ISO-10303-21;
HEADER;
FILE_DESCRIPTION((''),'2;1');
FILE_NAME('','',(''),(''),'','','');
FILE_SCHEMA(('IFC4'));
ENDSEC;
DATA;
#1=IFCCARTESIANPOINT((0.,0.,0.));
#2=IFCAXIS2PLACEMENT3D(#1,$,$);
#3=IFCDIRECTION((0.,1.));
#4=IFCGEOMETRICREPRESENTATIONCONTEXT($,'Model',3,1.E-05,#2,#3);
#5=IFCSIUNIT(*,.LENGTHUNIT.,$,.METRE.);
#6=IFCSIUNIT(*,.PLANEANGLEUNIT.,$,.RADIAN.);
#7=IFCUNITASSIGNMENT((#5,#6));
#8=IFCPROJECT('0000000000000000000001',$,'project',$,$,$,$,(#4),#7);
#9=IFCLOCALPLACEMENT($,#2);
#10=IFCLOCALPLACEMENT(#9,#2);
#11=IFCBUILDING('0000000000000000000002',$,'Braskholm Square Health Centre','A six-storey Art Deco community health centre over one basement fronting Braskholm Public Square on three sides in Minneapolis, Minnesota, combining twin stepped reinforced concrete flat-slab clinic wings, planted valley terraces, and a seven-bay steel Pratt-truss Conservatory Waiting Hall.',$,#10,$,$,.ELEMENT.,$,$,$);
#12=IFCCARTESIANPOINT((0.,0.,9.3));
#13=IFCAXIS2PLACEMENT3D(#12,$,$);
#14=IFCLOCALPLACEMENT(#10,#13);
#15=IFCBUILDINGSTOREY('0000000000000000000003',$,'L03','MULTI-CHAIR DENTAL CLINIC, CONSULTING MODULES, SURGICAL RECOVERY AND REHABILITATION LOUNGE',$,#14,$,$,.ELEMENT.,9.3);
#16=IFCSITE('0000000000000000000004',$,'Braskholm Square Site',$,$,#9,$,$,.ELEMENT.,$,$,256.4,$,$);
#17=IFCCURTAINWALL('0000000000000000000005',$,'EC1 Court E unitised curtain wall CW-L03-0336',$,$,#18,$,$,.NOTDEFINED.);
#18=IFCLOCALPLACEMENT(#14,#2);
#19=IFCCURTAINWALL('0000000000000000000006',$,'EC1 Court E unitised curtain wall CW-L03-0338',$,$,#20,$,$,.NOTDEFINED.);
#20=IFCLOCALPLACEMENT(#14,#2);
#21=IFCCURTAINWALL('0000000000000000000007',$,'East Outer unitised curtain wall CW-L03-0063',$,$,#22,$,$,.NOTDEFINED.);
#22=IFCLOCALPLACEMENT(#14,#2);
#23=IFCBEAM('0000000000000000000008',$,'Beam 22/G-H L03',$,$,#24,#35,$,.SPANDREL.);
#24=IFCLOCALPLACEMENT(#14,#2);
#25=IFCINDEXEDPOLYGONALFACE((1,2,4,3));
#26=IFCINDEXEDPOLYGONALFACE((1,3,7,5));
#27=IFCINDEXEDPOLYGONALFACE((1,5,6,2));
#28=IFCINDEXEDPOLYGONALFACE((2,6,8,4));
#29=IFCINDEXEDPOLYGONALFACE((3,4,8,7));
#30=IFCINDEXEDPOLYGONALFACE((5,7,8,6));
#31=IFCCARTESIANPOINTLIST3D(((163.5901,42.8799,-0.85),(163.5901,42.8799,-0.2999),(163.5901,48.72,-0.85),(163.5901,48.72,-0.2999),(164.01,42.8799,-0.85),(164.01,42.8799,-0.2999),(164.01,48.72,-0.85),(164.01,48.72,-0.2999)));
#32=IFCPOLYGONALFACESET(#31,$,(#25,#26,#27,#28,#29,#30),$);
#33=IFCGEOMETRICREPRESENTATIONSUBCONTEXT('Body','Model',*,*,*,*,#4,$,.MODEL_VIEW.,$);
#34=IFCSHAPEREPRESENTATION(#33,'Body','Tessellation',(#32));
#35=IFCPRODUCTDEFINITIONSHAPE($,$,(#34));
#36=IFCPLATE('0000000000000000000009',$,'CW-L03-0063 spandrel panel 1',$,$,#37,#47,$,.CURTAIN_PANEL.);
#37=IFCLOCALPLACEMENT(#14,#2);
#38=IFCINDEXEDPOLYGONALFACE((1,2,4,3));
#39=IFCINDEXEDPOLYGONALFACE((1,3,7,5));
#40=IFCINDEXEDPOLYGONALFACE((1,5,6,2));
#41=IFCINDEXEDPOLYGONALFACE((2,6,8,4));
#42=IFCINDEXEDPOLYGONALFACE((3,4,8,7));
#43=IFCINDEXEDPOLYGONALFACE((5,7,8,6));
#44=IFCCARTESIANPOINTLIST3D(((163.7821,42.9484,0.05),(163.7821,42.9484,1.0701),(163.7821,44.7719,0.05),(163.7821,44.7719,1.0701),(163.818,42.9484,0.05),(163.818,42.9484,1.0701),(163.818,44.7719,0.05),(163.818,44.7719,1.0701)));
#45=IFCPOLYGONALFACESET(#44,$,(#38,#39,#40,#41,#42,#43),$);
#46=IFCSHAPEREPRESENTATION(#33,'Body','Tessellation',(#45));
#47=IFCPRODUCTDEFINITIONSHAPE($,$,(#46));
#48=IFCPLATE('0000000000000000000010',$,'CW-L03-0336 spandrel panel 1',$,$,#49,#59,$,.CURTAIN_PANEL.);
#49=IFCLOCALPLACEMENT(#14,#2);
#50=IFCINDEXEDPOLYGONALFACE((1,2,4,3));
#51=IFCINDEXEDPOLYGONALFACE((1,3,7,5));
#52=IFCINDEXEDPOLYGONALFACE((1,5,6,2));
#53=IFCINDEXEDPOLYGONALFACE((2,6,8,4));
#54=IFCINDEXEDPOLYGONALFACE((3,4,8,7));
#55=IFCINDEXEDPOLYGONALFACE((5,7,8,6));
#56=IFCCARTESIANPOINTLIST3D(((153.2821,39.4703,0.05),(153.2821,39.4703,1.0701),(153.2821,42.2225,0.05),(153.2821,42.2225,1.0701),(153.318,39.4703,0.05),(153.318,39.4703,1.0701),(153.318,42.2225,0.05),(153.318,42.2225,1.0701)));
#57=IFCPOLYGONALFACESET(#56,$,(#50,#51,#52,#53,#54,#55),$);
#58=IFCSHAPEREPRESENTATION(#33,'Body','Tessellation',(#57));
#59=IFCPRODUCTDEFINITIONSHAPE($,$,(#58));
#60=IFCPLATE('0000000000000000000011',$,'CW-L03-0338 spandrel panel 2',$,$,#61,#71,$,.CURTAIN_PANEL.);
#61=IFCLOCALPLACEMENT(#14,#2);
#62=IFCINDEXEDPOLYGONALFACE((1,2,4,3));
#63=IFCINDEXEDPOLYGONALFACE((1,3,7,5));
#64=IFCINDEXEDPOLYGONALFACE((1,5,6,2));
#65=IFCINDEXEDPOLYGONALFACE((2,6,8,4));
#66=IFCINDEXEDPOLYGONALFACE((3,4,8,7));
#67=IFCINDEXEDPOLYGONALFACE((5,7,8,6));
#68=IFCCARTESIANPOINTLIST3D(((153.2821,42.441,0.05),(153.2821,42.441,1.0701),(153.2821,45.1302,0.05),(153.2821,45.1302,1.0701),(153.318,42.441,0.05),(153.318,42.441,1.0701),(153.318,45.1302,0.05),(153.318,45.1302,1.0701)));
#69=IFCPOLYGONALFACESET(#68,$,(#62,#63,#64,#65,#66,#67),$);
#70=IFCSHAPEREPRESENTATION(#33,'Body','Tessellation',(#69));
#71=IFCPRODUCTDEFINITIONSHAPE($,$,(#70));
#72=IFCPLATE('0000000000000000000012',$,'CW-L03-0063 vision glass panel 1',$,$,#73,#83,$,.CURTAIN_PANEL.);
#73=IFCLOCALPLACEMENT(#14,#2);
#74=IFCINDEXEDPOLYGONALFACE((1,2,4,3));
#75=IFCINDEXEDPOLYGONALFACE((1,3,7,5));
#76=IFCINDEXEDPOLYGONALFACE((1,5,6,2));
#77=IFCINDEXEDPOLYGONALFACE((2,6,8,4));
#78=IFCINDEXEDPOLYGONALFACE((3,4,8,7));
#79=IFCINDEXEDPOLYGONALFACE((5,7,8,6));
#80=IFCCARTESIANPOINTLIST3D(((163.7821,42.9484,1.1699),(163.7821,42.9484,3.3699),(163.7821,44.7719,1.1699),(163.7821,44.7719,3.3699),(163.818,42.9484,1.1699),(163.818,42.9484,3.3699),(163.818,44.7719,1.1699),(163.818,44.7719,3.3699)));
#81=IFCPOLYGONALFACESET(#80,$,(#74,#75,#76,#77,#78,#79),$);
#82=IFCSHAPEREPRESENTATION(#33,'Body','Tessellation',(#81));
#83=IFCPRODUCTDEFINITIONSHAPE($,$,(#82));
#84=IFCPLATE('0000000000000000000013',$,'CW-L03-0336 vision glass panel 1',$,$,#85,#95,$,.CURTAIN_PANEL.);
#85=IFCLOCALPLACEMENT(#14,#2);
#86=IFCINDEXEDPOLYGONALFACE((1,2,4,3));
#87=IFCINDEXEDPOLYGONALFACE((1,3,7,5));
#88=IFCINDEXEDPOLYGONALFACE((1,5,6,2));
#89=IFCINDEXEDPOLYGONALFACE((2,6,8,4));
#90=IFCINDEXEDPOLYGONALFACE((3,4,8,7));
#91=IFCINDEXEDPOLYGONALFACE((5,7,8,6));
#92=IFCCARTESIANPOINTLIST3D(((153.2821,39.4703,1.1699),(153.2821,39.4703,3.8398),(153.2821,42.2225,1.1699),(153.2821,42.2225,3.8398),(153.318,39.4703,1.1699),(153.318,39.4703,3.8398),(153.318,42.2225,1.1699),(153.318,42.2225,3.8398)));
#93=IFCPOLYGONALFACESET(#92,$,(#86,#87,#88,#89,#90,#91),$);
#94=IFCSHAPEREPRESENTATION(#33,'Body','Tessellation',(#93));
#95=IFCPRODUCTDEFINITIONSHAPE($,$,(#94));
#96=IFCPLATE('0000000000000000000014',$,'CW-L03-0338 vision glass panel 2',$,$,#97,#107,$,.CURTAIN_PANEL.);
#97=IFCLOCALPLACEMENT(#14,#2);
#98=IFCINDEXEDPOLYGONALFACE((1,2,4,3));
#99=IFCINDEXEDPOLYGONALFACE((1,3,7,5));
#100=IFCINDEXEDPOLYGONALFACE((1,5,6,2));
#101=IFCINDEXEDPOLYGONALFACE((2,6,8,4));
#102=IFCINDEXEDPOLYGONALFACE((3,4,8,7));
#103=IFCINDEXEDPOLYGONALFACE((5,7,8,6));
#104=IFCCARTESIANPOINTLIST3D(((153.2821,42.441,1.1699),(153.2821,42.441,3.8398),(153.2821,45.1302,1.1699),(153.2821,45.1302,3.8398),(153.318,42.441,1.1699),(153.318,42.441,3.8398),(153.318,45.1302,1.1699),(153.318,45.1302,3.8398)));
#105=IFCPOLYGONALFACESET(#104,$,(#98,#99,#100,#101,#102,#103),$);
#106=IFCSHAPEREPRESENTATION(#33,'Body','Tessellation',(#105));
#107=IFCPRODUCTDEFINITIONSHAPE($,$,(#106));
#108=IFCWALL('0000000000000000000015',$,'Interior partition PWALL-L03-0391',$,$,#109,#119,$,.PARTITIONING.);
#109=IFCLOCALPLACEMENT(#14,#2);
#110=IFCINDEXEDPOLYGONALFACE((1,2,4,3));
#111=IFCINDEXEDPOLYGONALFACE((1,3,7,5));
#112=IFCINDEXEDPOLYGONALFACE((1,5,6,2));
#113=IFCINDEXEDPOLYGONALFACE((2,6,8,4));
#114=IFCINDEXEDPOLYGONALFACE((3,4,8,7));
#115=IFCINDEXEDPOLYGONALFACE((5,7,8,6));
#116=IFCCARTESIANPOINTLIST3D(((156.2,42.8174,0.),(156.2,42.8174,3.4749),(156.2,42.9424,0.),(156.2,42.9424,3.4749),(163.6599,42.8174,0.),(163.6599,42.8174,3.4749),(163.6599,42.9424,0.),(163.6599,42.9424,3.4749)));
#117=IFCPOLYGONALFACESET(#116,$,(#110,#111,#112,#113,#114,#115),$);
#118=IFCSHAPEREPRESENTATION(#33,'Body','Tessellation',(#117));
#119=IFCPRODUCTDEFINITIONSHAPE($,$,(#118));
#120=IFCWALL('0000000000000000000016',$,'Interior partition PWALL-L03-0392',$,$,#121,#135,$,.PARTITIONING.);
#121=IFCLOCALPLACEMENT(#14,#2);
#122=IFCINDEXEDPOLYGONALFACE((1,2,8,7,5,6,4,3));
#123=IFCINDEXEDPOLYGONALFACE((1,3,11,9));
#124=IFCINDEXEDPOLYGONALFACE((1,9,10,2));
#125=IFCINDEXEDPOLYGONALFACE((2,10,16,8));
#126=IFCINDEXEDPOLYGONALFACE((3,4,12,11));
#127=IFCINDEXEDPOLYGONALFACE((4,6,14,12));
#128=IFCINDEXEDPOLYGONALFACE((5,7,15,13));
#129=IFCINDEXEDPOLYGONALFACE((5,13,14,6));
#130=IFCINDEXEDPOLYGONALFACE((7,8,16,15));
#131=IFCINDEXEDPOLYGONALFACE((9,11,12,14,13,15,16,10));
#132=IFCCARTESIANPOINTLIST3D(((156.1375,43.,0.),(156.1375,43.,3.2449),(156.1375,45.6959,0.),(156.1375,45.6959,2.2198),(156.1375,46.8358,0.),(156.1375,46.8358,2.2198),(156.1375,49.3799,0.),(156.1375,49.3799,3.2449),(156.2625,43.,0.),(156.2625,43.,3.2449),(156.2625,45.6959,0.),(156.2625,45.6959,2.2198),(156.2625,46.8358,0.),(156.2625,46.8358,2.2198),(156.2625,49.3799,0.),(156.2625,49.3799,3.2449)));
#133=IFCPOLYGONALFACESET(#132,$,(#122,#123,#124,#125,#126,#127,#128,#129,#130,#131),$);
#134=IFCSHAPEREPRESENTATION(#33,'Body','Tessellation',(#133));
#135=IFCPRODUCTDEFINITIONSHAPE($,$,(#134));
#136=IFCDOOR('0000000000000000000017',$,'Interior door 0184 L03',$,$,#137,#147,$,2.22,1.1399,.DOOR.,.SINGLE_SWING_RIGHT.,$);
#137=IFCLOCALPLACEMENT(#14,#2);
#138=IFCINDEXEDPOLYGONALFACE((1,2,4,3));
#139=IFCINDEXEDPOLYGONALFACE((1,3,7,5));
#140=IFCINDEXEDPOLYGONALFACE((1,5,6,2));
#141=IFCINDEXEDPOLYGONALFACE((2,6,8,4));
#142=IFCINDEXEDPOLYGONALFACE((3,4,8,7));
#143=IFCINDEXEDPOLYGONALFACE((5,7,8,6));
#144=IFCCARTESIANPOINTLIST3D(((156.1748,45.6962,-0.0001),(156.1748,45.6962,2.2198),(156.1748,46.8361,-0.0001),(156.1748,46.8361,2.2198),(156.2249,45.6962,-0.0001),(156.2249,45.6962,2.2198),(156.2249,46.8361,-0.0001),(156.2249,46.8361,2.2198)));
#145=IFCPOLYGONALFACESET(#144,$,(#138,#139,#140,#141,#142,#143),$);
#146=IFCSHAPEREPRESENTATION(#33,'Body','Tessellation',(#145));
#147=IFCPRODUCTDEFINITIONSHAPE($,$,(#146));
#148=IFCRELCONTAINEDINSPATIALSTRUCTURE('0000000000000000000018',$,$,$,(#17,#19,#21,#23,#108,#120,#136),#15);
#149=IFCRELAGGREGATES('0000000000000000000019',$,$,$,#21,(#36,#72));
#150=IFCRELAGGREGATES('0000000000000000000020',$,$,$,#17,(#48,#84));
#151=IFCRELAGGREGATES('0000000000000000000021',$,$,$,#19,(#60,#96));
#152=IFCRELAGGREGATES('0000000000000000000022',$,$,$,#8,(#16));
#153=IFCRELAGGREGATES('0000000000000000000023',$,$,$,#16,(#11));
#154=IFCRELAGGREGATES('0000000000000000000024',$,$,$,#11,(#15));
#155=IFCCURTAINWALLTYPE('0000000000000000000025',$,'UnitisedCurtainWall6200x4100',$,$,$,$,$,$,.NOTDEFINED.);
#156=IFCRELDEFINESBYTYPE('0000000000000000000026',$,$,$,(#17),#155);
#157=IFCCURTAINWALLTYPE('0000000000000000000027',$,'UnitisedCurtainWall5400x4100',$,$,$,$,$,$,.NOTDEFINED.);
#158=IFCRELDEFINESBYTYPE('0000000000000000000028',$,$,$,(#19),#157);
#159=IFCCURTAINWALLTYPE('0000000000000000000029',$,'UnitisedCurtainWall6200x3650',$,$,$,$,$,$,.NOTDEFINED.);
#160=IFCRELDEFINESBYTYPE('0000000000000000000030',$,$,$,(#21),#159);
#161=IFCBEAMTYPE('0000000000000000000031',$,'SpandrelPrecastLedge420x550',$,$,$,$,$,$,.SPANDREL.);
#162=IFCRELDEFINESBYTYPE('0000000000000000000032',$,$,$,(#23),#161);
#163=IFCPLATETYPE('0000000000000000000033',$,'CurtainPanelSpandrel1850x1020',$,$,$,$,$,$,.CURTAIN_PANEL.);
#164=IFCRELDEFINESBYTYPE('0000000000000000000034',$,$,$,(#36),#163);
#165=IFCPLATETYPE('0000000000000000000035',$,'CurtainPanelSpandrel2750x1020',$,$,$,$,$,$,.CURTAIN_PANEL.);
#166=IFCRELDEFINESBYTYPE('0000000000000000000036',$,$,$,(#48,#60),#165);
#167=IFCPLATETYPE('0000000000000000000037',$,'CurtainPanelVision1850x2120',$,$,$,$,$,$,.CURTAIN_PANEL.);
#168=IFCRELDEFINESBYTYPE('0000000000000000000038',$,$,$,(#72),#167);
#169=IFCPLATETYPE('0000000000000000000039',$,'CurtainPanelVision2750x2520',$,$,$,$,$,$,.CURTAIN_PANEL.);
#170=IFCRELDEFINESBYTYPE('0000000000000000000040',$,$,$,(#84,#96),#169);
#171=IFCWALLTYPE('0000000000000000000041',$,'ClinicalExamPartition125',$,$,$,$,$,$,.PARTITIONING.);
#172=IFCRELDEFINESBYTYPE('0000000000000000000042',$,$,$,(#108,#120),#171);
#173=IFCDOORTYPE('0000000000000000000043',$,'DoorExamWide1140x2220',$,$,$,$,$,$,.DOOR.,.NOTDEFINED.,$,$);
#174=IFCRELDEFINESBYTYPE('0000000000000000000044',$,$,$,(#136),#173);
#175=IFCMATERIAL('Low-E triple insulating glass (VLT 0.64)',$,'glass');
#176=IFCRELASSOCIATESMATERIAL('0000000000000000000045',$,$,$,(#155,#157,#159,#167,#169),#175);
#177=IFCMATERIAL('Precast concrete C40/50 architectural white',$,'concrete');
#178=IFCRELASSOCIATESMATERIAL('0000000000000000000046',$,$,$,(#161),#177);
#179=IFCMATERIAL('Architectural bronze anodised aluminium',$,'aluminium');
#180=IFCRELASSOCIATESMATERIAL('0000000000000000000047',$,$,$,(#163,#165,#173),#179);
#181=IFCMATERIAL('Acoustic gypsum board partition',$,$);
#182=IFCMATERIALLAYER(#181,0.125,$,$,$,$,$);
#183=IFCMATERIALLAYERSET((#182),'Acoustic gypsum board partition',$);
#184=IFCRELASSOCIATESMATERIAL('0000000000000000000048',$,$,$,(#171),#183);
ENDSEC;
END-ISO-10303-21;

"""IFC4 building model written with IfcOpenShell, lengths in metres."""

from ifc_helpers import new_model, si_unit, direction, frame, frame_2d, origin, origin_2d, place, context, subcontext, project, spatial, rectangle, extrude, material, layer, layer_set, material_profile, profile_set, type_object, element, fill, aggregate, save


model = new_model("IFC4")

# Units and contexts
model_context = context("Model", 3, precision=1e-05, world=origin(), true_north=direction((0.0, 1.0)))
body_context = subcontext(model_context, "Body", "Model", "MODEL_VIEW")
ifc_project = project(units=[si_unit("LENGTHUNIT", "METRE"), si_unit("PLANEANGLEUNIT", "RADIAN")], contexts=[model_context])

# Site, building, storey
site_placement = place(None, origin())
site = spatial("IfcSite", under=ifc_project, at=site_placement, Name="Braskholm Square Site", CompositionType="ELEMENT", RefElevation=256.4)
building_placement = place(site_placement, origin())
building = spatial("IfcBuilding", under=site, at=building_placement, Name="Braskholm Square Health Centre", Description="A six-storey Art Deco community health centre over one basement fronting Braskholm Public Square on three sides in Minneapolis, Minnesota, combining twin stepped reinforced concrete flat-slab clinic wings, planted valley terraces, and a seven-bay steel Pratt-truss Conservatory Waiting Hall.", CompositionType="ELEMENT")
storey_placement = place(building_placement, frame((0.0, 0.0, 9.3)))
storey = spatial("IfcBuildingStorey", under=building, at=storey_placement, Name="L03", Description="MULTI-CHAIR DENTAL CLINIC, CONSULTING MODULES, SURGICAL RECOVERY AND REHABILITATION LOUNGE", CompositionType="ELEMENT", Elevation=9.3)

# Shared definitions
ifc_material_1 = material(Name="Precast concrete C40/50 architectural white", Category="concrete")

# Curtain wall
ifc_material_2 = material(Name="Low-E triple insulating glass (VLT 0.64)", Category="glass")
curtain_wall_type_1 = type_object("IfcCurtainWallType", Name="UnitisedCurtainWall6200x4100", PredefinedType="NOTDEFINED", material=ifc_material_2)
curtain_wall_1_placement = place(storey_placement, origin())
curtain_wall_1 = element("IfcCurtainWall", 1, at=curtain_wall_1_placement, inside=storey, type_object=curtain_wall_type_1, Name="EC1 Court E unitised curtain wall CW-L03-0336", PredefinedType="NOTDEFINED")
ifc_material_3 = material(Name="Architectural bronze anodised aluminium", Category="aluminium")

# Curtain walls
curtain_wall_type_2 = type_object("IfcCurtainWallType", Name="UnitisedCurtainWall5400x4100", PredefinedType="NOTDEFINED", material=ifc_material_2)
curtain_wall_2_placement = place(storey_placement, origin())
curtain_wall_2 = element("IfcCurtainWall", 2, at=curtain_wall_2_placement, inside=storey, type_object=curtain_wall_type_2, Name="EC1 Court E unitised curtain wall CW-L03-0338", PredefinedType="NOTDEFINED")
curtain_wall_type_3 = type_object("IfcCurtainWallType", Name="UnitisedCurtainWall6200x3650", PredefinedType="NOTDEFINED", material=ifc_material_2)
curtain_wall_3_placement = place(storey_placement, origin())
curtain_wall_3 = element("IfcCurtainWall", 3, at=curtain_wall_3_placement, inside=storey, type_object=curtain_wall_type_3, Name="East Outer unitised curtain wall CW-L03-0063", PredefinedType="NOTDEFINED")

# Beam
ifc_material_profile_1 = material_profile(ifc_material_1, rectangle(XDim=0.4199, YDim=0.55, at=origin_2d()), Name="RCB-420X550")
ifc_profile_set_1 = profile_set([ifc_material_profile_1], Name="Precast concrete C40/50 architectural white")
beam_type_1 = type_object("IfcBeamType", Name="SpandrelPrecastLedge420x550", PredefinedType="SPANDREL", material=ifc_profile_set_1)
for number, where, z_axis, x_axis, name in (
    (4, (163.8, 42.8799, -0.575), (0.0, 1.0, 0.0), (-1.0, 0.0, 0.0), "Beam 22/G-H L03"),
):
    element("IfcBeam", number, at=place(storey_placement, frame(where, z_axis=z_axis, x_axis=x_axis)), inside=storey, type_object=beam_type_1, Name=name, PredefinedType="SPANDREL", context=body_context, shape_type="SweptSolid", body=[
        extrude(rectangle(XDim=0.4199, YDim=0.55, at=origin_2d()), origin(), (0.0, 0.0, 1.0), 5.8401),
    ])

# Plates
plate_type_1 = type_object("IfcPlateType", Name="CurtainPanelSpandrel1850x1020", PredefinedType="CURTAIN_PANEL", material=ifc_material_3)
plate_1_placement = place(storey_placement, frame((163.8, 43.8601, 0.05), z_axis=(0.0, 0.0, 1.0), x_axis=(0.0, 1.0, 0.0)))
plate_1 = element("IfcPlate", 5, at=plate_1_placement, type_object=plate_type_1, Name="CW-L03-0063 spandrel panel 1", PredefinedType="CURTAIN_PANEL", context=body_context, shape_type="SweptSolid", body=[
    extrude(rectangle(XDim=1.8235, YDim=0.0359, at=origin_2d()), origin(), (0.0, 0.0, 1.0), 1.02),
])
plate_type_2 = type_object("IfcPlateType", Name="CurtainPanelSpandrel2750x1020", PredefinedType="CURTAIN_PANEL", material=ifc_material_3)
plate_2_placement = place(storey_placement, frame((153.3, 40.8464, 0.05), z_axis=(0.0, 0.0, 1.0), x_axis=(0.0, -1.0, 0.0)))
plate_2 = element("IfcPlate", 6, at=plate_2_placement, type_object=plate_type_2, Name="CW-L03-0336 spandrel panel 1", PredefinedType="CURTAIN_PANEL", context=body_context, shape_type="SweptSolid", body=[
    extrude(rectangle(XDim=2.7522, YDim=0.0359, at=origin_2d()), origin(), (0.0, 0.0, 1.0), 1.02),
])
plate_3_placement = place(storey_placement, frame((153.3, 43.7856, 0.05), z_axis=(0.0, 0.0, 1.0), x_axis=(0.0, -1.0, 0.0)))
plate_3 = element("IfcPlate", 7, at=plate_3_placement, type_object=plate_type_2, Name="CW-L03-0338 spandrel panel 2", PredefinedType="CURTAIN_PANEL", context=body_context, shape_type="SweptSolid", body=[
    extrude(rectangle(XDim=2.6892, YDim=0.0359, at=origin_2d()), origin(), (0.0, 0.0, 1.0), 1.02),
])
plate_type_3 = type_object("IfcPlateType", Name="CurtainPanelVision1850x2120", PredefinedType="CURTAIN_PANEL", material=ifc_material_2)
plate_4_placement = place(storey_placement, frame((163.8, 43.8601, 1.1699), z_axis=(0.0, 0.0, 1.0), x_axis=(0.0, 1.0, 0.0)))
plate_4 = element("IfcPlate", 8, at=plate_4_placement, type_object=plate_type_3, Name="CW-L03-0063 vision glass panel 1", PredefinedType="CURTAIN_PANEL", context=body_context, shape_type="SweptSolid", body=[
    extrude(rectangle(XDim=1.8235, YDim=0.0359, at=origin_2d()), origin(), (0.0, 0.0, 1.0), 2.2),
])
aggregate(curtain_wall_3, [plate_1, plate_4])
plate_type_4 = type_object("IfcPlateType", Name="CurtainPanelVision2750x2520", PredefinedType="CURTAIN_PANEL", material=ifc_material_2)
plate_5_placement = place(storey_placement, frame((153.3, 40.8464, 1.1699), z_axis=(0.0, 0.0, 1.0), x_axis=(0.0, -1.0, 0.0)))
plate_5 = element("IfcPlate", 9, at=plate_5_placement, type_object=plate_type_4, Name="CW-L03-0336 vision glass panel 1", PredefinedType="CURTAIN_PANEL", context=body_context, shape_type="SweptSolid", body=[
    extrude(rectangle(XDim=2.7522, YDim=0.0359, at=origin_2d()), origin(), (0.0, 0.0, 1.0), 2.6699),
])
aggregate(curtain_wall_1, [plate_2, plate_5])
plate_6_placement = place(storey_placement, frame((153.3, 43.7856, 1.1699), z_axis=(0.0, 0.0, 1.0), x_axis=(0.0, -1.0, 0.0)))
plate_6 = element("IfcPlate", 10, at=plate_6_placement, type_object=plate_type_4, Name="CW-L03-0338 vision glass panel 2", PredefinedType="CURTAIN_PANEL", context=body_context, shape_type="SweptSolid", body=[
    extrude(rectangle(XDim=2.6892, YDim=0.0359, at=origin_2d()), origin(), (0.0, 0.0, 1.0), 2.6699),
])
aggregate(curtain_wall_2, [plate_3, plate_6])

# Wall
ifc_material_4 = material(Name="Acoustic gypsum board partition")
ifc_layer_1 = layer(ifc_material_4, 0.125)
ifc_layer_set_1 = layer_set([ifc_layer_1], Name="Acoustic gypsum board partition")
wall_type_1 = type_object("IfcWallType", Name="ClinicalExamPartition125", PredefinedType="PARTITIONING", material=ifc_layer_set_1)
wall_1_placement = place(storey_placement, frame((156.2, 42.8799, 0.0), z_axis=(0.0, 0.0, 1.0), x_axis=(1.0, 0.0, 0.0)))
element("IfcWall", 11, at=wall_1_placement, inside=storey, type_object=wall_type_1, Name="Interior partition PWALL-L03-0391", PredefinedType="PARTITIONING", context=body_context, shape_type="SweptSolid", body=[
    extrude(rectangle(XDim=7.46, YDim=0.125, at=frame_2d((3.73, 0.0))), origin(), (0.0, 0.0, 1.0), 3.4749),
])

# Wall, opening, door
wall_2_placement = place(storey_placement, frame((156.2, 43.0, 0.0), z_axis=(0.0, 0.0, 1.0), x_axis=(0.0, 1.0, 0.0)))
wall_2 = element("IfcWall", 12, at=wall_2_placement, inside=storey, type_object=wall_type_1, Name="Interior partition PWALL-L03-0392", PredefinedType="PARTITIONING", context=body_context, shape_type="SweptSolid", body=[
    extrude(rectangle(XDim=6.3799, YDim=0.125, at=frame_2d((3.1899, 0.0))), origin(), (0.0, 0.0, 1.0), 3.2449),
])
opening_1_placement = place(wall_2_placement, frame((2.696, 0.0, 0.0)))
opening_1 = element("IfcOpeningElement", 13, at=opening_1_placement, cuts=wall_2, PredefinedType="OPENING", context=body_context, shape_type="SweptSolid", body=[
    extrude(rectangle(XDim=1.1399, YDim=2.22, at=frame_2d((0.5698, 1.1099))), frame((0.0, 0.0725, 0.0), z_axis=(0.0, -1.0, 0.0), x_axis=(1.0, 0.0, 0.0)), (0.0, 0.0, 1.0), 0.145),
])
door_type = type_object("IfcDoorType", Name="DoorExamWide1140x2220", OperationType="NOTDEFINED", PredefinedType="DOOR", material=ifc_material_3)
door_placement = place(opening_1_placement, frame((1.1399, 0.0, 0.0), z_axis=(0.0, 0.0, 1.0), x_axis=(-1.0, 0.0, 0.0)))
door = element("IfcDoor", 14, at=door_placement, inside=storey, type_object=door_type, Name="Interior door 0184 L03", OperationType="SINGLE_SWING_RIGHT", OverallHeight=2.22, OverallWidth=1.1399, PredefinedType="DOOR", context=body_context, shape_type="SweptSolid", body=[
    extrude(rectangle(XDim=1.1399, YDim=2.22, at=frame_2d((0.5698, 1.1099))), frame((0.0, 0.0249, 0.0), z_axis=(0.0, -1.0, 0.0), x_axis=(1.0, 0.0, 0.0)), (0.0, 0.0, 1.0), 0.05),
])
fill(opening_1, door)

save(model, "model.ifc")
